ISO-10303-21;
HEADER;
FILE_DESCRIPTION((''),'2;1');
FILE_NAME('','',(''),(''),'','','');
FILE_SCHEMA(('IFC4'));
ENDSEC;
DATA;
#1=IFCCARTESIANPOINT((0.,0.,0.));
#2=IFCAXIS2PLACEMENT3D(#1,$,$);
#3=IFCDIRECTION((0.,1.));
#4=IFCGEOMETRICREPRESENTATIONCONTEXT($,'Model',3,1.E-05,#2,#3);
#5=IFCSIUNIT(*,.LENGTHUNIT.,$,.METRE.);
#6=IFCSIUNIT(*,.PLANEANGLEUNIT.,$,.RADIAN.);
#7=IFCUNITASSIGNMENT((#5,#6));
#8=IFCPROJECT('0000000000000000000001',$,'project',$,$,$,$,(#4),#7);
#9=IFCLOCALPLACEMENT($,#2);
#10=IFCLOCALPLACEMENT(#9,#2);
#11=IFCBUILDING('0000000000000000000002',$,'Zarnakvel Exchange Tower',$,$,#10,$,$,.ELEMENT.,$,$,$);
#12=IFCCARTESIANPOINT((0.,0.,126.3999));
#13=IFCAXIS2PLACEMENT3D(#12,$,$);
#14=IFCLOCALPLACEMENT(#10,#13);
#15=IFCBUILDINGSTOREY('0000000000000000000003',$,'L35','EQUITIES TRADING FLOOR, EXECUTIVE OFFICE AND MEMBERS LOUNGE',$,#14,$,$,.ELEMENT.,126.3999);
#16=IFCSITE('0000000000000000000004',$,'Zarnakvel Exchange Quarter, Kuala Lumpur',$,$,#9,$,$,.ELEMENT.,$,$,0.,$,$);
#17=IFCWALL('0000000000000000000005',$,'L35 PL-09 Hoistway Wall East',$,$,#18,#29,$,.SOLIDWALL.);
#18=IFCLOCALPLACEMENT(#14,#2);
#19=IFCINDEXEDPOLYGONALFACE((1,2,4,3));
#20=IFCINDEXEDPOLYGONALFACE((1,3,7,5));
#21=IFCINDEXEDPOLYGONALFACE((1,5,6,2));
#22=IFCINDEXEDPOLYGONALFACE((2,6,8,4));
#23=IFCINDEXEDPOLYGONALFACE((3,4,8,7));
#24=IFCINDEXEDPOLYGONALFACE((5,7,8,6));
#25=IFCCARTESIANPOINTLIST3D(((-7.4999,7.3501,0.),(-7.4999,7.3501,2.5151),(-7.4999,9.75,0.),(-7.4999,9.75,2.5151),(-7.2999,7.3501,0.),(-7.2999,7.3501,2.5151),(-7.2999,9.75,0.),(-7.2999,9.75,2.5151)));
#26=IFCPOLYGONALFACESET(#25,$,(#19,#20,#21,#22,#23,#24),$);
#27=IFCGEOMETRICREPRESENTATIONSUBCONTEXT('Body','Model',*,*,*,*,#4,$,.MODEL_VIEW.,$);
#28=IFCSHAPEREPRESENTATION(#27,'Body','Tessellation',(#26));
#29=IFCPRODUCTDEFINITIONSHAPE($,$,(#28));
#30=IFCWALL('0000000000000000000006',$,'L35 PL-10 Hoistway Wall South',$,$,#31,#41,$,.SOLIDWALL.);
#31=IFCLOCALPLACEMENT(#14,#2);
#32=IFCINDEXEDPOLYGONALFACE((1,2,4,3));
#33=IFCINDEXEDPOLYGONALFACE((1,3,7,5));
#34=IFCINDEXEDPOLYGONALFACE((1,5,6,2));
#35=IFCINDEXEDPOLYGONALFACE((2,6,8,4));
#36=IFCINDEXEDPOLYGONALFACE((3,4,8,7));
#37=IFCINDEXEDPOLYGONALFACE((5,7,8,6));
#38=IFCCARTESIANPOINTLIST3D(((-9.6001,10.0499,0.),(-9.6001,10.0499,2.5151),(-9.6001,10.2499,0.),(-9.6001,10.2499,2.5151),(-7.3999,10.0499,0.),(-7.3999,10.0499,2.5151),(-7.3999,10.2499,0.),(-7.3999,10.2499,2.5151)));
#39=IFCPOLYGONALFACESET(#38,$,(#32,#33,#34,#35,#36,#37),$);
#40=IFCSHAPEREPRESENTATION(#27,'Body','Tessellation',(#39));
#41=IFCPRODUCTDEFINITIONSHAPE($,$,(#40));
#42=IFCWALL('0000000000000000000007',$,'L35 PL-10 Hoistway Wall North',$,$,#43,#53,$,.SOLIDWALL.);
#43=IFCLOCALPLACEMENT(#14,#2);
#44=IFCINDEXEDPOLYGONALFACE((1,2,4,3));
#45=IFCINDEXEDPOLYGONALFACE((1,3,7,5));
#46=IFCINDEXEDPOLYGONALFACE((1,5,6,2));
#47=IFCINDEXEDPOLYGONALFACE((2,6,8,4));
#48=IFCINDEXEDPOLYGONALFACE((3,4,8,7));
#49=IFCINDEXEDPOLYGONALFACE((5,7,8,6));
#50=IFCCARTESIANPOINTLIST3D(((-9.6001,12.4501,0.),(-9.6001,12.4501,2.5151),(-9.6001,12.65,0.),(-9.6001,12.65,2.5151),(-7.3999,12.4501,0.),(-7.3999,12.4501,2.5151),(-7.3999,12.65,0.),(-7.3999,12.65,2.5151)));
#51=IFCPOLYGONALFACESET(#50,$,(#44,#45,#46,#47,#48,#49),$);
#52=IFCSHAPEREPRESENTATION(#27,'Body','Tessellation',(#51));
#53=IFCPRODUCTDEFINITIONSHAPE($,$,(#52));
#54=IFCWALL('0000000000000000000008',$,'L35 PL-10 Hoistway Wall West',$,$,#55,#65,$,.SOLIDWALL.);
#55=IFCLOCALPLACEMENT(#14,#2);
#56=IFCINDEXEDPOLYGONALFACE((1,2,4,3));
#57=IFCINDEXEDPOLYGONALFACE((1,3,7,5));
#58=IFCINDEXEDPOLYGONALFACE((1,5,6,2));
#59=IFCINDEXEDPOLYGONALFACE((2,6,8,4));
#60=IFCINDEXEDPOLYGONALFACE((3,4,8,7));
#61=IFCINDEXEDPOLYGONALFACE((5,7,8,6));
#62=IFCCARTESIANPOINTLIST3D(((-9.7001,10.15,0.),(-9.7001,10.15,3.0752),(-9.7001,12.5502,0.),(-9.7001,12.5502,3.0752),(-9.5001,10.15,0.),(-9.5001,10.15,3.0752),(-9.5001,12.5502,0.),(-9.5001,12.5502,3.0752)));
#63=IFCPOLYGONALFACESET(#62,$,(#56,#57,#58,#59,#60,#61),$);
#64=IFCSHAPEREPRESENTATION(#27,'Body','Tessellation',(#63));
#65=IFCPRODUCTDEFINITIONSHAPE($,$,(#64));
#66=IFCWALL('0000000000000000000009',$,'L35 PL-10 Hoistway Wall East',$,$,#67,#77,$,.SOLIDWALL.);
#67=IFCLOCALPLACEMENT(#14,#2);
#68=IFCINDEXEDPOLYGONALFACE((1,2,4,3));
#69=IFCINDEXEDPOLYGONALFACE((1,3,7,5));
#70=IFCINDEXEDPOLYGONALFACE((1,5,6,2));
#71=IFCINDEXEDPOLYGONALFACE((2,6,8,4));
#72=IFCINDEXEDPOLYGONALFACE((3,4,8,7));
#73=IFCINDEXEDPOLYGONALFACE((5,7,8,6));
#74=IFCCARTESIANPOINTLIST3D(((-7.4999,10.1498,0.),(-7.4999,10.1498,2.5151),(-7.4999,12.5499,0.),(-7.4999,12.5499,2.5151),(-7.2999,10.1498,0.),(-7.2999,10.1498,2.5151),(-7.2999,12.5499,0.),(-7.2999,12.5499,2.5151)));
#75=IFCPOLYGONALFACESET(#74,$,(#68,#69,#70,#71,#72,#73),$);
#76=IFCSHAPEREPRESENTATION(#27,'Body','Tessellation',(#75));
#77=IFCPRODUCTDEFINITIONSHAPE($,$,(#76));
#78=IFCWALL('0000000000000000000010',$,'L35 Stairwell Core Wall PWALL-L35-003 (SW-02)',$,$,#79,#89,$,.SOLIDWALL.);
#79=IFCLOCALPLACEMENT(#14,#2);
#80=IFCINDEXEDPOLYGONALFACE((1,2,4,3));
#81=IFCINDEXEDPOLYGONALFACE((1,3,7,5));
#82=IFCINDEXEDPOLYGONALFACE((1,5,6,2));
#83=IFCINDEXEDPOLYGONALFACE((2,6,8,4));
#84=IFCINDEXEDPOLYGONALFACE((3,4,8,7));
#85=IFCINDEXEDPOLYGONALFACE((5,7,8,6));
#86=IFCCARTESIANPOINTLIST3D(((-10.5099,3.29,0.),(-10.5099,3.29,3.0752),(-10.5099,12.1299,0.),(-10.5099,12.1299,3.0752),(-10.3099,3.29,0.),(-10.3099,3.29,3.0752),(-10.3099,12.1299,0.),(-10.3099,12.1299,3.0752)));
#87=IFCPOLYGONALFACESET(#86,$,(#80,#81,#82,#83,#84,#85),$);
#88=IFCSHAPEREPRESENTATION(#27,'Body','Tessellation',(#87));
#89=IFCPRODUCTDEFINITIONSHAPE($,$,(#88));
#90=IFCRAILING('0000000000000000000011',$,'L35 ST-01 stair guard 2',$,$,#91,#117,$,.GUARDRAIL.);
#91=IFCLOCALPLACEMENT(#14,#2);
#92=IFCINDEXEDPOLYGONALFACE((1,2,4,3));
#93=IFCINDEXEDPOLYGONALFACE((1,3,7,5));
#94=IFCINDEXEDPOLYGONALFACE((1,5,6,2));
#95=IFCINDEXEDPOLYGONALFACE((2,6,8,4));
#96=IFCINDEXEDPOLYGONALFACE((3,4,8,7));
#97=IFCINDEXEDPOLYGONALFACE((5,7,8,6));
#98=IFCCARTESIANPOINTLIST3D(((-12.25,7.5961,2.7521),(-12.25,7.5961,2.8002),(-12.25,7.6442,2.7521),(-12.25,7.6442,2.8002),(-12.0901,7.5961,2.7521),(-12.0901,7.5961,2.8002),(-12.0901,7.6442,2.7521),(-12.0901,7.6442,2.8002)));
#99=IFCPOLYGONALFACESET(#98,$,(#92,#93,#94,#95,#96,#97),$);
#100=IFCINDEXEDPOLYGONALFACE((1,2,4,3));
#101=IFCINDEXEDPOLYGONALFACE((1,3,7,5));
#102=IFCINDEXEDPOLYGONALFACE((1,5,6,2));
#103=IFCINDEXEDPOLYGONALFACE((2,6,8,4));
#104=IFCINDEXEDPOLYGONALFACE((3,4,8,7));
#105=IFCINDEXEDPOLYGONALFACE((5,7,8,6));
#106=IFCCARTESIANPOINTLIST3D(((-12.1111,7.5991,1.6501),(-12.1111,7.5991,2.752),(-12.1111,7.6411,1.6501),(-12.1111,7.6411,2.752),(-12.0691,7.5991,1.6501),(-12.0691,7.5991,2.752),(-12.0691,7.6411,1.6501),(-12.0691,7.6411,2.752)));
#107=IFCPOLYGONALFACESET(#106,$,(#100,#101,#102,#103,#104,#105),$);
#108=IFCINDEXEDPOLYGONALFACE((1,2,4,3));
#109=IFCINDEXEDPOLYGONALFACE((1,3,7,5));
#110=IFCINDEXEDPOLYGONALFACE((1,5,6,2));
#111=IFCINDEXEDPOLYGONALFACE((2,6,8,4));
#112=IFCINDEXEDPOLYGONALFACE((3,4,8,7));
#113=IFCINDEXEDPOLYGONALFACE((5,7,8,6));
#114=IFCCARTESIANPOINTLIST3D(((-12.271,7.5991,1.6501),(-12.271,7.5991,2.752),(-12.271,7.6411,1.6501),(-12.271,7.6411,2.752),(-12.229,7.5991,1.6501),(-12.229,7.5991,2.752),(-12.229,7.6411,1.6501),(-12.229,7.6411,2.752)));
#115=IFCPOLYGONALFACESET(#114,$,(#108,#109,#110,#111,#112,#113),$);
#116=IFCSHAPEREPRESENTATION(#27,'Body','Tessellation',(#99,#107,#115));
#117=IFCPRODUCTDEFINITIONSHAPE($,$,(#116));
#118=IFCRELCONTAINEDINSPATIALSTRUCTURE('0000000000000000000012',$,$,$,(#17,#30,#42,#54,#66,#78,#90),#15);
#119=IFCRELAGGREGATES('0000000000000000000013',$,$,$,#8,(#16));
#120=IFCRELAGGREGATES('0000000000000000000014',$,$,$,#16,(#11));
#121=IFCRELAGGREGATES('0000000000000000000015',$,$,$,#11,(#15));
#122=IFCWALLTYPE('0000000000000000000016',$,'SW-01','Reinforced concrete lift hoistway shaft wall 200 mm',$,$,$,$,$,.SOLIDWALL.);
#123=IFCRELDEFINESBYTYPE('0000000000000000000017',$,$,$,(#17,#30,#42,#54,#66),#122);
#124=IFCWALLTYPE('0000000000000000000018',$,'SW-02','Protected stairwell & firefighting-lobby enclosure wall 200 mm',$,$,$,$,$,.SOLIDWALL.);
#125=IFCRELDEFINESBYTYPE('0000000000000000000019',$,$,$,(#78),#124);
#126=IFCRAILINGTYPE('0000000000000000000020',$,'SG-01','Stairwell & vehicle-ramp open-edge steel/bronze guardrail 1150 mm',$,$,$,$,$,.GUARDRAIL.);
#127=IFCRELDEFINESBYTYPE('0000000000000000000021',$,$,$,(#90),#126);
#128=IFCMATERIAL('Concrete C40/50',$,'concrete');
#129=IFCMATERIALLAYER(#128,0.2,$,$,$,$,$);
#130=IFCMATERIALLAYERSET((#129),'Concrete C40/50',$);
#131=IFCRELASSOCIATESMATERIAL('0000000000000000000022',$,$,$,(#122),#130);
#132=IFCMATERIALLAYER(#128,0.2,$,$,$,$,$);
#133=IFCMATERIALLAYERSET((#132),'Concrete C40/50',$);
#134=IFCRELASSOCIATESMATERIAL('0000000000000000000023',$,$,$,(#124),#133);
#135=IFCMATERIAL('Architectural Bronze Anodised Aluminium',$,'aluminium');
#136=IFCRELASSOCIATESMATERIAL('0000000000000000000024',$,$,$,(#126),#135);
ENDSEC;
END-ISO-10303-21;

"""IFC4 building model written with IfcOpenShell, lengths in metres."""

from ifc_helpers import new_model, si_unit, direction, frame, frame_2d, origin, origin_2d, place, context, subcontext, project, spatial, rectangle, extrude, material, layer, layer_set, type_object, element, save


model = new_model("IFC4")

# Units and contexts
model_context = context("Model", 3, precision=1e-05, world=origin(), true_north=direction((0.0, 1.0)))
body_context = subcontext(model_context, "Body", "Model", "MODEL_VIEW")
ifc_project = project(units=[si_unit("LENGTHUNIT", "METRE"), si_unit("PLANEANGLEUNIT", "RADIAN")], contexts=[model_context])

# Site, building, storey
site_placement = place(None, origin())
site = spatial("IfcSite", under=ifc_project, at=site_placement, Name="Zarnakvel Exchange Quarter, Kuala Lumpur", CompositionType="ELEMENT", RefElevation=0.0)
building_placement = place(site_placement, origin())
building = spatial("IfcBuilding", under=site, at=building_placement, Name="Zarnakvel Exchange Tower", CompositionType="ELEMENT")
storey_placement = place(building_placement, frame((0.0, 0.0, 126.3999)))
storey = spatial("IfcBuildingStorey", under=building, at=storey_placement, Name="L35", Description="EQUITIES TRADING FLOOR, EXECUTIVE OFFICE AND MEMBERS LOUNGE", CompositionType="ELEMENT", Elevation=126.3999)

# Shared definitions
ifc_material_1 = material(Name="Architectural Bronze Anodised Aluminium", Category="aluminium")

# Walls
ifc_material_2 = material(Name="Concrete C40/50", Category="concrete")
ifc_layer_1 = layer(ifc_material_2, 0.2)
ifc_layer_set_1 = layer_set([ifc_layer_1], Name="Concrete C40/50")
wall_type_1 = type_object("IfcWallType", Name="SW-01", Description="Reinforced concrete lift hoistway shaft wall 200 mm", PredefinedType="SOLIDWALL", material=ifc_layer_set_1)
wall_1_placement = place(storey_placement, frame((-7.3999, 9.75, 0.0), z_axis=(0.0, 0.0, 1.0), x_axis=(0.0, -1.0, 0.0)))
element("IfcWall", 1, at=wall_1_placement, inside=storey, type_object=wall_type_1, Name="L35 PL-09 Hoistway Wall East", PredefinedType="SOLIDWALL", context=body_context, shape_type="SweptSolid", body=[
    extrude(rectangle(XDim=2.3999, YDim=0.2, at=frame_2d((1.2, 0.0))), origin(), (0.0, 0.0, 1.0), 2.5151),
])
for number, where, z_axis, x_axis, name in (
    (2, (-7.3999, 10.1499, 0.0), (0.0, 0.0, 1.0), (-1.0, 0.0, 0.0), "L35 PL-10 Hoistway Wall South"),
    (3, (-9.6001, 12.55, 0.0), (0.0, 0.0, 1.0), (1.0, 0.0, 0.0), "L35 PL-10 Hoistway Wall North"),
):
    element("IfcWall", number, at=place(storey_placement, frame(where, z_axis=z_axis, x_axis=x_axis)), inside=storey, type_object=wall_type_1, Name=name, PredefinedType="SOLIDWALL", context=body_context, shape_type="SweptSolid", body=[
        extrude(rectangle(XDim=2.2002, YDim=0.2, at=frame_2d((1.1001, 0.0))), origin(), (0.0, 0.0, 1.0), 2.5151),
    ])
wall_2_placement = place(storey_placement, frame((-9.6001, 10.1499, 0.0), z_axis=(0.0, 0.0, 1.0), x_axis=(0.0, 1.0, 0.0)))
element("IfcWall", 4, at=wall_2_placement, inside=storey, type_object=wall_type_1, Name="L35 PL-10 Hoistway Wall West", PredefinedType="SOLIDWALL", context=body_context, shape_type="SweptSolid", body=[
    extrude(rectangle(XDim=2.4001, YDim=0.2, at=frame_2d((1.2002, 0.0))), origin(), (0.0, 0.0, 1.0), 3.0752),
])
wall_3_placement = place(storey_placement, frame((-7.3999, 12.55, 0.0), z_axis=(0.0, 0.0, 1.0), x_axis=(0.0, -1.0, 0.0)))
element("IfcWall", 5, at=wall_3_placement, inside=storey, type_object=wall_type_1, Name="L35 PL-10 Hoistway Wall East", PredefinedType="SOLIDWALL", context=body_context, shape_type="SweptSolid", body=[
    extrude(rectangle(XDim=2.4001, YDim=0.2, at=frame_2d((1.2002, 0.0))), origin(), (0.0, 0.0, 1.0), 2.5151),
])
ifc_layer_2 = layer(ifc_material_2, 0.2)
ifc_layer_set_2 = layer_set([ifc_layer_2], Name="Concrete C40/50")
wall_type_2 = type_object("IfcWallType", Name="SW-02", Description="Protected stairwell & firefighting-lobby enclosure wall 200 mm", PredefinedType="SOLIDWALL", material=ifc_layer_set_2)
wall_4_placement = place(storey_placement, frame((-10.4099, 12.1299, 0.0), z_axis=(0.0, 0.0, 1.0), x_axis=(0.0, -1.0, 0.0)))
element("IfcWall", 6, at=wall_4_placement, inside=storey, type_object=wall_type_2, Name="L35 Stairwell Core Wall PWALL-L35-003 (SW-02)", PredefinedType="SOLIDWALL", context=body_context, shape_type="SweptSolid", body=[
    extrude(rectangle(XDim=8.8398, YDim=0.2, at=frame_2d((4.4199, 0.0))), origin(), (0.0, 0.0, 1.0), 3.0752),
])

# Railing
railing_type = type_object("IfcRailingType", Name="SG-01", Description="Stairwell & vehicle-ramp open-edge steel/bronze guardrail 1150 mm", PredefinedType="GUARDRAIL", material=ifc_material_1)
railing_placement = place(storey_placement, frame((-12.0901, 7.6201, 1.6501)))
element("IfcRailing", 7, at=railing_placement, inside=storey, type_object=railing_type, Name="L35 ST-01 stair guard 2", PredefinedType="GUARDRAIL", context=body_context, shape_type="SweptSolid", body=[
    extrude(rectangle(XDim=0.0481, YDim=0.0481, at=origin_2d()), frame((0.0, 0.0, 1.126), z_axis=(-1.0, 0.0, 0.0), x_axis=(0.0, -1.0, 0.0)), (0.0, 0.0, 1.0), 0.1599),
    extrude(rectangle(XDim=0.042, YDim=0.042, at=origin_2d()), origin(), (0.0, 0.0, 1.0), 1.1018),
    extrude(rectangle(XDim=0.042, YDim=0.042, at=origin_2d()), frame((-0.1599, 0.0, 0.0)), (0.0, 0.0, 1.0), 1.1018),
])

save(model, "model.ifc")
